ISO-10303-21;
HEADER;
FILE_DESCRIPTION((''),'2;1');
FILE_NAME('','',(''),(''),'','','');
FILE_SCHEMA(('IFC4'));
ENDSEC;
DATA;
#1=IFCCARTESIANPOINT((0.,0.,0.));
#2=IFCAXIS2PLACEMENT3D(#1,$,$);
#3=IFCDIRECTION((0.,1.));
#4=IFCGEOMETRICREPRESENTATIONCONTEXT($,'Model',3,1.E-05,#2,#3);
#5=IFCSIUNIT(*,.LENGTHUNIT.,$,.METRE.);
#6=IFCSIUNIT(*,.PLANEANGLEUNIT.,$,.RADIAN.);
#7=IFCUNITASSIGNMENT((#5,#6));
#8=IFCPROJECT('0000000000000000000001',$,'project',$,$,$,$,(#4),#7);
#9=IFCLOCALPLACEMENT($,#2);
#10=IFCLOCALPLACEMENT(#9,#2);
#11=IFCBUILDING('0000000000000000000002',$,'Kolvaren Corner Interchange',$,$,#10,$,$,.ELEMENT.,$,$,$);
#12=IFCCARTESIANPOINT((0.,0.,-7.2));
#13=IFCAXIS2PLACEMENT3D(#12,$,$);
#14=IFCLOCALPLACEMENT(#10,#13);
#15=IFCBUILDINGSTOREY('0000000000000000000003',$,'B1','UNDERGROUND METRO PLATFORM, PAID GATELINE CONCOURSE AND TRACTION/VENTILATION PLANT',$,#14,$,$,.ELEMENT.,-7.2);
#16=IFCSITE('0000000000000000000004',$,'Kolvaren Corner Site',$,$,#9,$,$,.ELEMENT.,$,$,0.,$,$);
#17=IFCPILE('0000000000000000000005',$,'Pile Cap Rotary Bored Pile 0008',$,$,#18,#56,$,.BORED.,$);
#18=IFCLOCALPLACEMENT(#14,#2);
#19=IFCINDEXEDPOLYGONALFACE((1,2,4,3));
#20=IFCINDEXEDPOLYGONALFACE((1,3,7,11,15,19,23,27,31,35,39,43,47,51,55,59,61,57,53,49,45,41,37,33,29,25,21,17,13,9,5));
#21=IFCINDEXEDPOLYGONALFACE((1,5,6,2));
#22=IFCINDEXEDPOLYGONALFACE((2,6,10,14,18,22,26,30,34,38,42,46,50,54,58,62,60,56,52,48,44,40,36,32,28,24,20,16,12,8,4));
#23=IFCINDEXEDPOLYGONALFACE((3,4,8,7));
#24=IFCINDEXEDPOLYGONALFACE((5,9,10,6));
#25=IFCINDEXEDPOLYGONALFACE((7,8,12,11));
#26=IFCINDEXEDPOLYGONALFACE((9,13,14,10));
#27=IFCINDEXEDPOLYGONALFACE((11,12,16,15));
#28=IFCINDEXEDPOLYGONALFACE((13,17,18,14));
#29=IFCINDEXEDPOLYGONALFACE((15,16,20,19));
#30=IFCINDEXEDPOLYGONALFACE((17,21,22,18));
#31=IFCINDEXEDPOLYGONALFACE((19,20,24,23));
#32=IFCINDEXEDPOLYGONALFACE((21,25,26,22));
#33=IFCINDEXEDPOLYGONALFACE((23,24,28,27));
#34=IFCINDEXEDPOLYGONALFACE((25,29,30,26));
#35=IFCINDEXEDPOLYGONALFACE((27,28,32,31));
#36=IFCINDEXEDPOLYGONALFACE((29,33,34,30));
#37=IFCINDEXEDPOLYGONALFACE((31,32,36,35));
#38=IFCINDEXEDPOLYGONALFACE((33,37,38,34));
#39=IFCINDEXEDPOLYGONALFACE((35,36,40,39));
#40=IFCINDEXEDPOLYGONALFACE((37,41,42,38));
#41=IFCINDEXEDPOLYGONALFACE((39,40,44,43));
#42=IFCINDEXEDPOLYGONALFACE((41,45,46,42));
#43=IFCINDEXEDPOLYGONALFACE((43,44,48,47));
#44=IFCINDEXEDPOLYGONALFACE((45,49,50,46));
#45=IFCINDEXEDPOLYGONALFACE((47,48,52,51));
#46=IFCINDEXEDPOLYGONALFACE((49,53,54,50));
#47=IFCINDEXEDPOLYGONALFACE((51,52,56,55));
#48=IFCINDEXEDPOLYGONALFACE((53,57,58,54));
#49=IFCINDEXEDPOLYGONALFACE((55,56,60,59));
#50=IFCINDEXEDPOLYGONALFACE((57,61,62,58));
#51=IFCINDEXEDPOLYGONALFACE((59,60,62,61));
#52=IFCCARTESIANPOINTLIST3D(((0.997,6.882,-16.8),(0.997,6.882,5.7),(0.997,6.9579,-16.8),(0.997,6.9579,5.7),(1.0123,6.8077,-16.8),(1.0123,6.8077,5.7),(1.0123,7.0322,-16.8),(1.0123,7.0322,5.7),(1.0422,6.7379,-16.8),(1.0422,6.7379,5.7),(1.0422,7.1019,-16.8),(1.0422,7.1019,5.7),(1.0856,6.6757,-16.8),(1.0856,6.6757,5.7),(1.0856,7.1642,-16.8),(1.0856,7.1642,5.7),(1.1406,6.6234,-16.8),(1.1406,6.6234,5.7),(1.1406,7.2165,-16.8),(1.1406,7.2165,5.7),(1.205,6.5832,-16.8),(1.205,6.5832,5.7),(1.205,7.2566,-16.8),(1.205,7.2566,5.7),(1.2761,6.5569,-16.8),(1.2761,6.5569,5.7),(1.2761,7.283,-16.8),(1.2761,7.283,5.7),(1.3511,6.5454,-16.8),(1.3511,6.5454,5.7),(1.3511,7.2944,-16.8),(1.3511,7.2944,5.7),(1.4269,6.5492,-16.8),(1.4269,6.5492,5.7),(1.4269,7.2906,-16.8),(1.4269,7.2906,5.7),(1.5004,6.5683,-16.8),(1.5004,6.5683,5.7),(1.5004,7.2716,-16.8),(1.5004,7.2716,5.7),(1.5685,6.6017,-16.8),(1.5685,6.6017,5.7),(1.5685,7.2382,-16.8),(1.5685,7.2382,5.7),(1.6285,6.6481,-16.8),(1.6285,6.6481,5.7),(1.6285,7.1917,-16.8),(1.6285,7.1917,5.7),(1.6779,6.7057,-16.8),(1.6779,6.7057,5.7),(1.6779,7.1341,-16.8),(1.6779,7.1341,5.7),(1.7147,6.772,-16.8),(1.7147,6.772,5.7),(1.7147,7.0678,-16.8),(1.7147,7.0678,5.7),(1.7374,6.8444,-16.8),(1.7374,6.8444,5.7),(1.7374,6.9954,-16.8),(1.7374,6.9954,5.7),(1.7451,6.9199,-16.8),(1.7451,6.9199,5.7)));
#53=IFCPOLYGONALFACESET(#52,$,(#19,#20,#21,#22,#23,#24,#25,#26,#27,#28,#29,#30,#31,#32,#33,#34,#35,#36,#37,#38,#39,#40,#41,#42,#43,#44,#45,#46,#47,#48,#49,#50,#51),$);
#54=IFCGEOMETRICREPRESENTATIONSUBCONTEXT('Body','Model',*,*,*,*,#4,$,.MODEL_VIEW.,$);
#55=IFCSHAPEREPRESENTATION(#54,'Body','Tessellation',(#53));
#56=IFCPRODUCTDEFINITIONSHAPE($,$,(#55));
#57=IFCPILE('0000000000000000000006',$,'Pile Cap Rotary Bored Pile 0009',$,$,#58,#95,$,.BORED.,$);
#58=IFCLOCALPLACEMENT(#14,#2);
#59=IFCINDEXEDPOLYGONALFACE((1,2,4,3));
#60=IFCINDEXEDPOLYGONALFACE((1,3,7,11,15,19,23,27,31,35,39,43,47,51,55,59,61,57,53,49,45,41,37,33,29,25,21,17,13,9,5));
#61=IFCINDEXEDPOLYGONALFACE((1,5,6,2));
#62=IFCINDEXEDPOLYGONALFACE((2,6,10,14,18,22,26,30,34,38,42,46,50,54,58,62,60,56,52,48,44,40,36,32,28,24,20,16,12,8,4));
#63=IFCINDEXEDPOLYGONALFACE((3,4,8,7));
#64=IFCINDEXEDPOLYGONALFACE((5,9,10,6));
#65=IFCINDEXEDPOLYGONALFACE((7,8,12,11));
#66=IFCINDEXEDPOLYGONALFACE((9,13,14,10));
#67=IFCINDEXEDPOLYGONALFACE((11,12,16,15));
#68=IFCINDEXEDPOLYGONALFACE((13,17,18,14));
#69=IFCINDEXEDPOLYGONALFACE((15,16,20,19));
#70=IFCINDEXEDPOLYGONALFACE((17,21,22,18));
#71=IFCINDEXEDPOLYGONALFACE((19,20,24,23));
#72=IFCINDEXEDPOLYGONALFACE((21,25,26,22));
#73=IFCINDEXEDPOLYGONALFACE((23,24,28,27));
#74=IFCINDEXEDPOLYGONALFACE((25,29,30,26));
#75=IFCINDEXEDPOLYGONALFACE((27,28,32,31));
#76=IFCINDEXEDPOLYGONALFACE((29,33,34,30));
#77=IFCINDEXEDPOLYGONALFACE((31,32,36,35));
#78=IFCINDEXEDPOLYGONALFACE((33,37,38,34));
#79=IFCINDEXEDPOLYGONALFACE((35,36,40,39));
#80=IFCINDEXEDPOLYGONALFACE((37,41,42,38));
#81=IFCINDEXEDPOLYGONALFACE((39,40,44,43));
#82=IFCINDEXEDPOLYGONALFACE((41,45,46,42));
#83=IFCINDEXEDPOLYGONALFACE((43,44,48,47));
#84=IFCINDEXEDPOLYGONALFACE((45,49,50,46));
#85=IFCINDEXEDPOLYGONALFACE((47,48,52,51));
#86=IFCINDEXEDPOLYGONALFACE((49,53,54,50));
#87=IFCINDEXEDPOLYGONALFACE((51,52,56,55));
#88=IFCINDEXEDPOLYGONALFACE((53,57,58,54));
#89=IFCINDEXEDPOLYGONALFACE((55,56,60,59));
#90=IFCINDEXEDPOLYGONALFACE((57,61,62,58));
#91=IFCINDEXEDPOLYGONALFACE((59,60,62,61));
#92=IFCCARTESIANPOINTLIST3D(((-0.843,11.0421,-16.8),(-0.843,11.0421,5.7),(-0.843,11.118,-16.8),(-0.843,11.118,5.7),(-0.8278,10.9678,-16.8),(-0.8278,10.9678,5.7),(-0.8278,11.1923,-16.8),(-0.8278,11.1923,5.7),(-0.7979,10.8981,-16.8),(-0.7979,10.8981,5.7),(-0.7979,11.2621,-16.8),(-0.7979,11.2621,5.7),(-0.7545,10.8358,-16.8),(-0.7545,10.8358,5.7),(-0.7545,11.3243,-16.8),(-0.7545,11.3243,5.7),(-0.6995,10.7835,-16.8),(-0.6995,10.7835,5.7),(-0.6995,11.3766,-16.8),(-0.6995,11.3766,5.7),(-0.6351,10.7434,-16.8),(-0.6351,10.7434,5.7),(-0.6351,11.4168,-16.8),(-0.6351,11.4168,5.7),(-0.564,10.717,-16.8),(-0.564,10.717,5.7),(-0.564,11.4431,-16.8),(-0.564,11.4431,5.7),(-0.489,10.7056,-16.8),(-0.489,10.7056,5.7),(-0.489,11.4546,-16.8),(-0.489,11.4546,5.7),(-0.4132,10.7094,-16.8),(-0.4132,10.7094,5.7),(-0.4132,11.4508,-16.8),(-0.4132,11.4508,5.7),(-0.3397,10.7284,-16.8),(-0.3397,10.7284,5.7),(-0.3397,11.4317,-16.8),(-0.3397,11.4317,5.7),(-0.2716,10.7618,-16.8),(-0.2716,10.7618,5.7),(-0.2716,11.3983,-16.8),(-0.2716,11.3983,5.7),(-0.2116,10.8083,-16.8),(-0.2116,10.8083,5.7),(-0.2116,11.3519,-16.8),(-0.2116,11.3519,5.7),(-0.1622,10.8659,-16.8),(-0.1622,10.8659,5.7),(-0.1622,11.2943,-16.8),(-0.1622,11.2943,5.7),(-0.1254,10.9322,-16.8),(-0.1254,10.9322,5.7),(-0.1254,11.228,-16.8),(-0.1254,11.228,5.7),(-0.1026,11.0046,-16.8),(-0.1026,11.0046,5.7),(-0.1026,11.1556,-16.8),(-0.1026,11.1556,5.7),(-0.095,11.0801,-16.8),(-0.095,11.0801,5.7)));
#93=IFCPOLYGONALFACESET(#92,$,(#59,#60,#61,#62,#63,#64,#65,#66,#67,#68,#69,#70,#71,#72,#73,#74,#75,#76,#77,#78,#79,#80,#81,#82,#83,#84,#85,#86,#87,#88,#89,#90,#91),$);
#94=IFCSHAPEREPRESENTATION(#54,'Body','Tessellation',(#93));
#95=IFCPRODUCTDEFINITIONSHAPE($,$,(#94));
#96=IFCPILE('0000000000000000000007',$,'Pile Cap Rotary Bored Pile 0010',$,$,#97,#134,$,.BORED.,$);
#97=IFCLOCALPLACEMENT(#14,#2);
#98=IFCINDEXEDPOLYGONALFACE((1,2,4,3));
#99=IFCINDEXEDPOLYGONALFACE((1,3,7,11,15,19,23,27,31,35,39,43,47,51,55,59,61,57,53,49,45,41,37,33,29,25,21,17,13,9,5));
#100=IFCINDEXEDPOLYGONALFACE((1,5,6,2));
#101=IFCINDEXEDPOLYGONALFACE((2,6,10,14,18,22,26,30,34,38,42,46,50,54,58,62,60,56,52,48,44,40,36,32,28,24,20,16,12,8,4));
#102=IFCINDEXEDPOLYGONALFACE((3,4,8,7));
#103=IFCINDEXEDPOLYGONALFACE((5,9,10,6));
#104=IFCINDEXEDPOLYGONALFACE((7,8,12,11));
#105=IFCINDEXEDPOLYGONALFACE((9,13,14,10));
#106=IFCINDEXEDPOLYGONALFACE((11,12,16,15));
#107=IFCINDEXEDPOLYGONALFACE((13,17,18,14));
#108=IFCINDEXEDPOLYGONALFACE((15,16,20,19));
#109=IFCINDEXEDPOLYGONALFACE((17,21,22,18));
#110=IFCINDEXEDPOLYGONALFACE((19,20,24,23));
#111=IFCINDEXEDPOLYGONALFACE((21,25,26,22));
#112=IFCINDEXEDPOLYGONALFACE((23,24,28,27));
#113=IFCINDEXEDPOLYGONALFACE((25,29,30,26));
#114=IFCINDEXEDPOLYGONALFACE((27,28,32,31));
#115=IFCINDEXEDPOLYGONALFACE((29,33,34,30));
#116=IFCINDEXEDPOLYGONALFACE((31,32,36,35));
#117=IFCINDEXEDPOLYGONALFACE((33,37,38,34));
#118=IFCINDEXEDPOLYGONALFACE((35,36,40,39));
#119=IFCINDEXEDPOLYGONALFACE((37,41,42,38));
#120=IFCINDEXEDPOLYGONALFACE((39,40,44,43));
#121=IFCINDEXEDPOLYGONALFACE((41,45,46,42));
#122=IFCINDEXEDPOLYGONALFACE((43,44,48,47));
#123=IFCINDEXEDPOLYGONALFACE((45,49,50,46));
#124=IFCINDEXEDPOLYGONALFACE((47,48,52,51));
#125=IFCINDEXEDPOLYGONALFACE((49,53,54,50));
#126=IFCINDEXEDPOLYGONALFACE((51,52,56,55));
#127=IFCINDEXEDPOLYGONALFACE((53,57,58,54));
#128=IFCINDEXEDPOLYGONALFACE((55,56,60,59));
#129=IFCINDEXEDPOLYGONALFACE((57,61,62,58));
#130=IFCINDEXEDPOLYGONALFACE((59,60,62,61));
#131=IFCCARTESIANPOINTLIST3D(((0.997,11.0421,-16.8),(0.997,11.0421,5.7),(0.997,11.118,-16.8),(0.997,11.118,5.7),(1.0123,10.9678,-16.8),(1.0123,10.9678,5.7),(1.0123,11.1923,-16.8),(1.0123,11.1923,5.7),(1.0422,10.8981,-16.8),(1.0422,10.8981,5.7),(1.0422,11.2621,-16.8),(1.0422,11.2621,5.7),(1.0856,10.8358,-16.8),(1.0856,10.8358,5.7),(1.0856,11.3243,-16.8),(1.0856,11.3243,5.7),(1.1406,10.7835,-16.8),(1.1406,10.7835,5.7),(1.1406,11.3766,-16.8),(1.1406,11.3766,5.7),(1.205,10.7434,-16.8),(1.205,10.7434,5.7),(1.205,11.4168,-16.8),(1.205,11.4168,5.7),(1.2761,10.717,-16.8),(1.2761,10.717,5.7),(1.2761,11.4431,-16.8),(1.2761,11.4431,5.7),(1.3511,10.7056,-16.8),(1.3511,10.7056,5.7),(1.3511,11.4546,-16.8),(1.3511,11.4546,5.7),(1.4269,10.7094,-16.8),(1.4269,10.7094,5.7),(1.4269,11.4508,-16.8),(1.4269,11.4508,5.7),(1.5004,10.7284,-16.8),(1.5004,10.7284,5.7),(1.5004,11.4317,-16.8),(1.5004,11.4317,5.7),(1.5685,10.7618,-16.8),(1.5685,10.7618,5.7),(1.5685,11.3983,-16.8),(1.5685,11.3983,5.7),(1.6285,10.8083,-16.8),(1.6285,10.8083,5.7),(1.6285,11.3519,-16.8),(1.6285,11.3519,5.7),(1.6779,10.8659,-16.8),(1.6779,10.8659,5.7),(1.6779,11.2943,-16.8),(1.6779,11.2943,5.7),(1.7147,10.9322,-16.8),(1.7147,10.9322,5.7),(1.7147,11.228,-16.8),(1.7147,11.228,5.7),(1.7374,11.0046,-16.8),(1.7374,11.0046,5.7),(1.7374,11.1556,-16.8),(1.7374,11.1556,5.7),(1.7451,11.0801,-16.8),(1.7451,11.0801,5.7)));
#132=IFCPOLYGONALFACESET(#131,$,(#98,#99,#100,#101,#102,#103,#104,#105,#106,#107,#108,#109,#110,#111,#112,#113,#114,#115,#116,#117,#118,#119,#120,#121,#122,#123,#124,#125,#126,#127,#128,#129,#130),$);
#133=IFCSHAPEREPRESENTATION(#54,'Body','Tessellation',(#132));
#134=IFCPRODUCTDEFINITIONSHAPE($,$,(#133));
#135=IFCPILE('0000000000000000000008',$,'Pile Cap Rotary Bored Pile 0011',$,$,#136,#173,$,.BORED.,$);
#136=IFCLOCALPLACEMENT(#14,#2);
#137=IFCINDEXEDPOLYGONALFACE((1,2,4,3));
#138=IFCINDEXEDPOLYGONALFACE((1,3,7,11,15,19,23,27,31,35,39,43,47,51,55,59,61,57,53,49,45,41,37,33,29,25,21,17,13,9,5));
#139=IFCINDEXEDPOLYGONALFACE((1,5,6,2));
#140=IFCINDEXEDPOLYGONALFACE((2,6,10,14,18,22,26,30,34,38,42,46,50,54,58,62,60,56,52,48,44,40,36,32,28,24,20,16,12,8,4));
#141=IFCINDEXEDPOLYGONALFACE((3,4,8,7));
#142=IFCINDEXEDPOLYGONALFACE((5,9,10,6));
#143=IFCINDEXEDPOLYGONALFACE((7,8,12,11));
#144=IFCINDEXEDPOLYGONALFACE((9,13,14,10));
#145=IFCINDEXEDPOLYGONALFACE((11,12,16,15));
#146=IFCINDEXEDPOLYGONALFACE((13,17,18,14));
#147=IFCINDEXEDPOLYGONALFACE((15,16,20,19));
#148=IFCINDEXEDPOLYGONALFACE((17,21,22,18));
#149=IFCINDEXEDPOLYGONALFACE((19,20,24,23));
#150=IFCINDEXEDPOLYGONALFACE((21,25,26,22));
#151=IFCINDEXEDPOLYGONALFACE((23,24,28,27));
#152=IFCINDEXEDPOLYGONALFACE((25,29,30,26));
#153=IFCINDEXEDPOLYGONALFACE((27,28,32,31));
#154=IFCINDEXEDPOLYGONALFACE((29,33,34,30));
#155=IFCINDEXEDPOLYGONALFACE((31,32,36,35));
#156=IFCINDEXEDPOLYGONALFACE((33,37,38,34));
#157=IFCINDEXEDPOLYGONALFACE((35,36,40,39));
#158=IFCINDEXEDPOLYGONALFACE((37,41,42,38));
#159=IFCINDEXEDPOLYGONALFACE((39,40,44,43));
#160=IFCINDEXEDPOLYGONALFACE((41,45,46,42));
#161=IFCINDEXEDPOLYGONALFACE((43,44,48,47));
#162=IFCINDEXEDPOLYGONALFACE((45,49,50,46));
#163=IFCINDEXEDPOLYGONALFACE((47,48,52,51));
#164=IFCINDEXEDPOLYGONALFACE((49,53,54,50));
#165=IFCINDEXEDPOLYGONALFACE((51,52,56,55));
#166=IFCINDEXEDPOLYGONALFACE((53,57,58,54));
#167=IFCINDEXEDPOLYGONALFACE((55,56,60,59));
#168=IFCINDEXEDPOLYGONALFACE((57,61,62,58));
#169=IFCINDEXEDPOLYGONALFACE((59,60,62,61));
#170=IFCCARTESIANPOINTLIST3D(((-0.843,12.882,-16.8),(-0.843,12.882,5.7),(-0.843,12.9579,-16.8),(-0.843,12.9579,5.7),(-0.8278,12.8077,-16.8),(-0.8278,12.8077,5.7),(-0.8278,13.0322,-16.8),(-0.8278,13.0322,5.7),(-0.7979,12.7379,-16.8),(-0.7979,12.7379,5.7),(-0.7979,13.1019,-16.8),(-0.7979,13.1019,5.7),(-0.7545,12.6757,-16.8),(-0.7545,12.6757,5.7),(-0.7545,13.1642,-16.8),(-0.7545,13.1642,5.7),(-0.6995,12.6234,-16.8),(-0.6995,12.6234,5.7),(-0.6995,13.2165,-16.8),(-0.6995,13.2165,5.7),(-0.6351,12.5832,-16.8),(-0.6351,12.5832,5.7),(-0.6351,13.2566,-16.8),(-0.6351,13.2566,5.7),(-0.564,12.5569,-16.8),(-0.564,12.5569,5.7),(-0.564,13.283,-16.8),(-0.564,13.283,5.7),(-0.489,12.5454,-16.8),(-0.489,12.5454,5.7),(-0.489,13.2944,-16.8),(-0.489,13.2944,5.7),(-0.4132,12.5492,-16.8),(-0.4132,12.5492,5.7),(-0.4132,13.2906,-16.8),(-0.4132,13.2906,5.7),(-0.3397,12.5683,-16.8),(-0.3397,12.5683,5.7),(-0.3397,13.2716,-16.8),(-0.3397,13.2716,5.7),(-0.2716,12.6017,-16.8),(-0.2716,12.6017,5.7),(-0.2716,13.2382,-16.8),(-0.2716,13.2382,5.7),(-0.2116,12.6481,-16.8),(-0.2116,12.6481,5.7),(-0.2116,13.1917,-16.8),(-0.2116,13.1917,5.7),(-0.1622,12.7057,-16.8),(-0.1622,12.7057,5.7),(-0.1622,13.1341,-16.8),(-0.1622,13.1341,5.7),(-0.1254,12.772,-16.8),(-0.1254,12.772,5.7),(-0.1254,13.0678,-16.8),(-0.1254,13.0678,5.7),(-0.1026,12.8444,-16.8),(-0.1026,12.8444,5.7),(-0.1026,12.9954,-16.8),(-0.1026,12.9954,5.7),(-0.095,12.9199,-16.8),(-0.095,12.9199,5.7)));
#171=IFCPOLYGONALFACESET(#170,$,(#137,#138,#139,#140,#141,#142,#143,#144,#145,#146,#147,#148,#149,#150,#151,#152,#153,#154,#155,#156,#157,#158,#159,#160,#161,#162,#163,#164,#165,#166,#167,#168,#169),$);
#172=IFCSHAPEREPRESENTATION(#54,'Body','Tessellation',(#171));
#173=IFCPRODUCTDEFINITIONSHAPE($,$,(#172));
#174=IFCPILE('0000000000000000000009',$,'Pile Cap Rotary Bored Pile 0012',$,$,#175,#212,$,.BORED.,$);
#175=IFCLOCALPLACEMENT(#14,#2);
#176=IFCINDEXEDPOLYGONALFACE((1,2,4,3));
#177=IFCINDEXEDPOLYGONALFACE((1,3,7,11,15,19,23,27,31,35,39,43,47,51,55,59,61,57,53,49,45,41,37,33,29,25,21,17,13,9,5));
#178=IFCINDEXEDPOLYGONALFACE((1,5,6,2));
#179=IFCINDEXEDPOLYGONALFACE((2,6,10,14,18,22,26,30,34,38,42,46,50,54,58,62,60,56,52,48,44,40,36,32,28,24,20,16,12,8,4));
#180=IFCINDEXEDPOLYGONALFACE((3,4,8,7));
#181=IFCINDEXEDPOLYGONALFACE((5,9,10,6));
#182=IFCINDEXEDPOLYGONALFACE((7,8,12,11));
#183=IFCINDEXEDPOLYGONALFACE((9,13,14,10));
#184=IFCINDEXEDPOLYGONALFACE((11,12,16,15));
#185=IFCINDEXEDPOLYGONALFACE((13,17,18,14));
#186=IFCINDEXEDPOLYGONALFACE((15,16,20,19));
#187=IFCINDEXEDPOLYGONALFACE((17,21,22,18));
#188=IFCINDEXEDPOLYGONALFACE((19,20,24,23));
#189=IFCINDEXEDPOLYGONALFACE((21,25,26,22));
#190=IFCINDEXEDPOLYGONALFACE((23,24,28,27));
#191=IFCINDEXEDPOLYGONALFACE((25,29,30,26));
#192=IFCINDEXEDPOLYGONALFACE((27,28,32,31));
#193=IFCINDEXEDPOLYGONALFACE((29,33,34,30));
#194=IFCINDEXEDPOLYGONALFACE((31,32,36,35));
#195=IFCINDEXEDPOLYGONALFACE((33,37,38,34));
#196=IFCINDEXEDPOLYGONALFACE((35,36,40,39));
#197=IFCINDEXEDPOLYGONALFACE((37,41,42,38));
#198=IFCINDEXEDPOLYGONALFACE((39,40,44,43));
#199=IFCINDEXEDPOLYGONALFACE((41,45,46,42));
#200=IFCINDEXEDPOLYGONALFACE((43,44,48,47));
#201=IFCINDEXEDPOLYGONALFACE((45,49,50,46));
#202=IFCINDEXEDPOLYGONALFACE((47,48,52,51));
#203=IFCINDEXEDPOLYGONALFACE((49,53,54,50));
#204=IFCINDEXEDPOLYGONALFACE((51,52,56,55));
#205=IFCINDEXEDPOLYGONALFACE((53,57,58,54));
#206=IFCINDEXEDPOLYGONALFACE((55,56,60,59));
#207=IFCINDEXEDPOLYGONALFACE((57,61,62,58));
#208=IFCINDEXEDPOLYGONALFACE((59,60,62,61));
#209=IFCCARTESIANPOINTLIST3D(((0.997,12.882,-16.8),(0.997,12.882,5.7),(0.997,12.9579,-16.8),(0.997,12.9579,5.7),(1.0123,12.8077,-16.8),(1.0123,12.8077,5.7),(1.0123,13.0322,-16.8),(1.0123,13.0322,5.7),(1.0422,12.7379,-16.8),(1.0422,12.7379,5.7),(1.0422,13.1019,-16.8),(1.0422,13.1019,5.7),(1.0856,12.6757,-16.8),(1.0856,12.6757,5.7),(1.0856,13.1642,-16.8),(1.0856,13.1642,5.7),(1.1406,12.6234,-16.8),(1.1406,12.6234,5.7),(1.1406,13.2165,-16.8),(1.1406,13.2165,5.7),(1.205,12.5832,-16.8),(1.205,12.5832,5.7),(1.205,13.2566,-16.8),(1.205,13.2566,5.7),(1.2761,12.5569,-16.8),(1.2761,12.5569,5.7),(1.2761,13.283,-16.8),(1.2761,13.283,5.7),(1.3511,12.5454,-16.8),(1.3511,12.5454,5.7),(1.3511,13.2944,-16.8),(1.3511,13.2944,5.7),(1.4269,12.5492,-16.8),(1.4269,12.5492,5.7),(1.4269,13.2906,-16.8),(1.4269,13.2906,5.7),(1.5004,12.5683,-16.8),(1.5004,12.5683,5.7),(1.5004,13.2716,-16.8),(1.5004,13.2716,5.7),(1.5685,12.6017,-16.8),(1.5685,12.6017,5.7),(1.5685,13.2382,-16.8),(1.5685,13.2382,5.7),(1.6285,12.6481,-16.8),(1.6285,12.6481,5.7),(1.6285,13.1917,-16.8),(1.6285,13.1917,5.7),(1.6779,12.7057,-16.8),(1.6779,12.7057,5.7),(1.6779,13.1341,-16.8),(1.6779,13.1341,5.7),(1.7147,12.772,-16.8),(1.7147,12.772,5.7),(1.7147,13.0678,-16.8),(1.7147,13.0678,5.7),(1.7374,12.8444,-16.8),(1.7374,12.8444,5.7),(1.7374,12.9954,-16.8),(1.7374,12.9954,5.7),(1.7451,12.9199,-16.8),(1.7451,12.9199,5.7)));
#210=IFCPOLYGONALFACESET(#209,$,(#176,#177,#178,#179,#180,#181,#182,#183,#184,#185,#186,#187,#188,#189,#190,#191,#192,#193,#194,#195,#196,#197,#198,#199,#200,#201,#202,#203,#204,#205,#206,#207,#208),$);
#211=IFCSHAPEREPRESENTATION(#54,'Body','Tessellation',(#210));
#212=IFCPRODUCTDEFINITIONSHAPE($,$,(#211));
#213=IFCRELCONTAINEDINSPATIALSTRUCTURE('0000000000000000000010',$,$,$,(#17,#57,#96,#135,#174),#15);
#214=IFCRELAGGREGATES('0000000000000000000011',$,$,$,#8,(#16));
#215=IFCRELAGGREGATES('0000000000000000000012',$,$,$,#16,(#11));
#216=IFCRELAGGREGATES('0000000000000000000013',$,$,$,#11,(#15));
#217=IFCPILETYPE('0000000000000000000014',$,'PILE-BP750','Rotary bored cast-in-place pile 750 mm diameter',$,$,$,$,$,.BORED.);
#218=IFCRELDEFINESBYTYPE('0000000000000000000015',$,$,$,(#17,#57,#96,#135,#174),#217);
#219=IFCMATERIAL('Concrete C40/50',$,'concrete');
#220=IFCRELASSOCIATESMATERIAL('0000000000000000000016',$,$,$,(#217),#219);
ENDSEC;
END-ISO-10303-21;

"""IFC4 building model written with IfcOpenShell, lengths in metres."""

from ifc_helpers import new_model, si_unit, direction, frame, origin, origin_2d, place, context, subcontext, project, spatial, circle, extrude, material, material_profile, profile_set, type_object, element, save


model = new_model("IFC4")

# Units and contexts
model_context = context("Model", 3, precision=1e-05, world=origin(), true_north=direction((0.0, 1.0)))
body_context = subcontext(model_context, "Body", "Model", "MODEL_VIEW")
ifc_project = project(units=[si_unit("LENGTHUNIT", "METRE"), si_unit("PLANEANGLEUNIT", "RADIAN")], contexts=[model_context])

# Site, building, storey
site_placement = place(None, origin())
site = spatial("IfcSite", under=ifc_project, at=site_placement, Name="Kolvaren Corner Site", CompositionType="ELEMENT", RefElevation=0.0)
building_placement = place(site_placement, origin())
building = spatial("IfcBuilding", under=site, at=building_placement, Name="Kolvaren Corner Interchange", CompositionType="ELEMENT")
storey_placement = place(building_placement, frame((0.0, 0.0, -7.2)))
storey = spatial("IfcBuildingStorey", under=building, at=storey_placement, Name="B1", Description="UNDERGROUND METRO PLATFORM, PAID GATELINE CONCOURSE AND TRACTION/VENTILATION PLANT", CompositionType="ELEMENT", Elevation=-7.2)

# Piles
ifc_material_1 = material(Name="Concrete C40/50", Category="concrete")
ifc_material_profile = material_profile(ifc_material_1, circle(Radius=0.375, at=origin_2d()), Name="BORED PILE 750")
ifc_profile_set = profile_set([ifc_material_profile], Name="Concrete C40/50")
pile_type = type_object("IfcPileType", Name="PILE-BP750", Description="Rotary bored cast-in-place pile 750 mm diameter", PredefinedType="BORED", material=ifc_profile_set)
for number, where, z_axis, x_axis, name in (
    (1, (1.3701, 6.9199, 5.7), (0.0, 0.0, -1.0), (1.0, 0.0, 0.0), "Pile Cap Rotary Bored Pile 0008"),
    (2, (-0.47, 11.0801, 5.7), (0.0, 0.0, -1.0), (1.0, 0.0, 0.0), "Pile Cap Rotary Bored Pile 0009"),
    (3, (1.3701, 11.0801, 5.7), (0.0, 0.0, -1.0), (1.0, 0.0, 0.0), "Pile Cap Rotary Bored Pile 0010"),
    (4, (-0.47, 12.9199, 5.7), (0.0, 0.0, -1.0), (1.0, 0.0, 0.0), "Pile Cap Rotary Bored Pile 0011"),
    (5, (1.3701, 12.9199, 5.7), (0.0, 0.0, -1.0), (1.0, 0.0, 0.0), "Pile Cap Rotary Bored Pile 0012"),
):
    element("IfcPile", number, at=place(storey_placement, frame(where, z_axis=z_axis, x_axis=x_axis)), inside=storey, type_object=pile_type, Name=name, PredefinedType="BORED", context=body_context, shape_type="SweptSolid", body=[
        extrude(circle(Radius=0.375, at=origin_2d()), origin(), (0.0, 0.0, 1.0), 22.5),
    ])

save(model, "model.ifc")
